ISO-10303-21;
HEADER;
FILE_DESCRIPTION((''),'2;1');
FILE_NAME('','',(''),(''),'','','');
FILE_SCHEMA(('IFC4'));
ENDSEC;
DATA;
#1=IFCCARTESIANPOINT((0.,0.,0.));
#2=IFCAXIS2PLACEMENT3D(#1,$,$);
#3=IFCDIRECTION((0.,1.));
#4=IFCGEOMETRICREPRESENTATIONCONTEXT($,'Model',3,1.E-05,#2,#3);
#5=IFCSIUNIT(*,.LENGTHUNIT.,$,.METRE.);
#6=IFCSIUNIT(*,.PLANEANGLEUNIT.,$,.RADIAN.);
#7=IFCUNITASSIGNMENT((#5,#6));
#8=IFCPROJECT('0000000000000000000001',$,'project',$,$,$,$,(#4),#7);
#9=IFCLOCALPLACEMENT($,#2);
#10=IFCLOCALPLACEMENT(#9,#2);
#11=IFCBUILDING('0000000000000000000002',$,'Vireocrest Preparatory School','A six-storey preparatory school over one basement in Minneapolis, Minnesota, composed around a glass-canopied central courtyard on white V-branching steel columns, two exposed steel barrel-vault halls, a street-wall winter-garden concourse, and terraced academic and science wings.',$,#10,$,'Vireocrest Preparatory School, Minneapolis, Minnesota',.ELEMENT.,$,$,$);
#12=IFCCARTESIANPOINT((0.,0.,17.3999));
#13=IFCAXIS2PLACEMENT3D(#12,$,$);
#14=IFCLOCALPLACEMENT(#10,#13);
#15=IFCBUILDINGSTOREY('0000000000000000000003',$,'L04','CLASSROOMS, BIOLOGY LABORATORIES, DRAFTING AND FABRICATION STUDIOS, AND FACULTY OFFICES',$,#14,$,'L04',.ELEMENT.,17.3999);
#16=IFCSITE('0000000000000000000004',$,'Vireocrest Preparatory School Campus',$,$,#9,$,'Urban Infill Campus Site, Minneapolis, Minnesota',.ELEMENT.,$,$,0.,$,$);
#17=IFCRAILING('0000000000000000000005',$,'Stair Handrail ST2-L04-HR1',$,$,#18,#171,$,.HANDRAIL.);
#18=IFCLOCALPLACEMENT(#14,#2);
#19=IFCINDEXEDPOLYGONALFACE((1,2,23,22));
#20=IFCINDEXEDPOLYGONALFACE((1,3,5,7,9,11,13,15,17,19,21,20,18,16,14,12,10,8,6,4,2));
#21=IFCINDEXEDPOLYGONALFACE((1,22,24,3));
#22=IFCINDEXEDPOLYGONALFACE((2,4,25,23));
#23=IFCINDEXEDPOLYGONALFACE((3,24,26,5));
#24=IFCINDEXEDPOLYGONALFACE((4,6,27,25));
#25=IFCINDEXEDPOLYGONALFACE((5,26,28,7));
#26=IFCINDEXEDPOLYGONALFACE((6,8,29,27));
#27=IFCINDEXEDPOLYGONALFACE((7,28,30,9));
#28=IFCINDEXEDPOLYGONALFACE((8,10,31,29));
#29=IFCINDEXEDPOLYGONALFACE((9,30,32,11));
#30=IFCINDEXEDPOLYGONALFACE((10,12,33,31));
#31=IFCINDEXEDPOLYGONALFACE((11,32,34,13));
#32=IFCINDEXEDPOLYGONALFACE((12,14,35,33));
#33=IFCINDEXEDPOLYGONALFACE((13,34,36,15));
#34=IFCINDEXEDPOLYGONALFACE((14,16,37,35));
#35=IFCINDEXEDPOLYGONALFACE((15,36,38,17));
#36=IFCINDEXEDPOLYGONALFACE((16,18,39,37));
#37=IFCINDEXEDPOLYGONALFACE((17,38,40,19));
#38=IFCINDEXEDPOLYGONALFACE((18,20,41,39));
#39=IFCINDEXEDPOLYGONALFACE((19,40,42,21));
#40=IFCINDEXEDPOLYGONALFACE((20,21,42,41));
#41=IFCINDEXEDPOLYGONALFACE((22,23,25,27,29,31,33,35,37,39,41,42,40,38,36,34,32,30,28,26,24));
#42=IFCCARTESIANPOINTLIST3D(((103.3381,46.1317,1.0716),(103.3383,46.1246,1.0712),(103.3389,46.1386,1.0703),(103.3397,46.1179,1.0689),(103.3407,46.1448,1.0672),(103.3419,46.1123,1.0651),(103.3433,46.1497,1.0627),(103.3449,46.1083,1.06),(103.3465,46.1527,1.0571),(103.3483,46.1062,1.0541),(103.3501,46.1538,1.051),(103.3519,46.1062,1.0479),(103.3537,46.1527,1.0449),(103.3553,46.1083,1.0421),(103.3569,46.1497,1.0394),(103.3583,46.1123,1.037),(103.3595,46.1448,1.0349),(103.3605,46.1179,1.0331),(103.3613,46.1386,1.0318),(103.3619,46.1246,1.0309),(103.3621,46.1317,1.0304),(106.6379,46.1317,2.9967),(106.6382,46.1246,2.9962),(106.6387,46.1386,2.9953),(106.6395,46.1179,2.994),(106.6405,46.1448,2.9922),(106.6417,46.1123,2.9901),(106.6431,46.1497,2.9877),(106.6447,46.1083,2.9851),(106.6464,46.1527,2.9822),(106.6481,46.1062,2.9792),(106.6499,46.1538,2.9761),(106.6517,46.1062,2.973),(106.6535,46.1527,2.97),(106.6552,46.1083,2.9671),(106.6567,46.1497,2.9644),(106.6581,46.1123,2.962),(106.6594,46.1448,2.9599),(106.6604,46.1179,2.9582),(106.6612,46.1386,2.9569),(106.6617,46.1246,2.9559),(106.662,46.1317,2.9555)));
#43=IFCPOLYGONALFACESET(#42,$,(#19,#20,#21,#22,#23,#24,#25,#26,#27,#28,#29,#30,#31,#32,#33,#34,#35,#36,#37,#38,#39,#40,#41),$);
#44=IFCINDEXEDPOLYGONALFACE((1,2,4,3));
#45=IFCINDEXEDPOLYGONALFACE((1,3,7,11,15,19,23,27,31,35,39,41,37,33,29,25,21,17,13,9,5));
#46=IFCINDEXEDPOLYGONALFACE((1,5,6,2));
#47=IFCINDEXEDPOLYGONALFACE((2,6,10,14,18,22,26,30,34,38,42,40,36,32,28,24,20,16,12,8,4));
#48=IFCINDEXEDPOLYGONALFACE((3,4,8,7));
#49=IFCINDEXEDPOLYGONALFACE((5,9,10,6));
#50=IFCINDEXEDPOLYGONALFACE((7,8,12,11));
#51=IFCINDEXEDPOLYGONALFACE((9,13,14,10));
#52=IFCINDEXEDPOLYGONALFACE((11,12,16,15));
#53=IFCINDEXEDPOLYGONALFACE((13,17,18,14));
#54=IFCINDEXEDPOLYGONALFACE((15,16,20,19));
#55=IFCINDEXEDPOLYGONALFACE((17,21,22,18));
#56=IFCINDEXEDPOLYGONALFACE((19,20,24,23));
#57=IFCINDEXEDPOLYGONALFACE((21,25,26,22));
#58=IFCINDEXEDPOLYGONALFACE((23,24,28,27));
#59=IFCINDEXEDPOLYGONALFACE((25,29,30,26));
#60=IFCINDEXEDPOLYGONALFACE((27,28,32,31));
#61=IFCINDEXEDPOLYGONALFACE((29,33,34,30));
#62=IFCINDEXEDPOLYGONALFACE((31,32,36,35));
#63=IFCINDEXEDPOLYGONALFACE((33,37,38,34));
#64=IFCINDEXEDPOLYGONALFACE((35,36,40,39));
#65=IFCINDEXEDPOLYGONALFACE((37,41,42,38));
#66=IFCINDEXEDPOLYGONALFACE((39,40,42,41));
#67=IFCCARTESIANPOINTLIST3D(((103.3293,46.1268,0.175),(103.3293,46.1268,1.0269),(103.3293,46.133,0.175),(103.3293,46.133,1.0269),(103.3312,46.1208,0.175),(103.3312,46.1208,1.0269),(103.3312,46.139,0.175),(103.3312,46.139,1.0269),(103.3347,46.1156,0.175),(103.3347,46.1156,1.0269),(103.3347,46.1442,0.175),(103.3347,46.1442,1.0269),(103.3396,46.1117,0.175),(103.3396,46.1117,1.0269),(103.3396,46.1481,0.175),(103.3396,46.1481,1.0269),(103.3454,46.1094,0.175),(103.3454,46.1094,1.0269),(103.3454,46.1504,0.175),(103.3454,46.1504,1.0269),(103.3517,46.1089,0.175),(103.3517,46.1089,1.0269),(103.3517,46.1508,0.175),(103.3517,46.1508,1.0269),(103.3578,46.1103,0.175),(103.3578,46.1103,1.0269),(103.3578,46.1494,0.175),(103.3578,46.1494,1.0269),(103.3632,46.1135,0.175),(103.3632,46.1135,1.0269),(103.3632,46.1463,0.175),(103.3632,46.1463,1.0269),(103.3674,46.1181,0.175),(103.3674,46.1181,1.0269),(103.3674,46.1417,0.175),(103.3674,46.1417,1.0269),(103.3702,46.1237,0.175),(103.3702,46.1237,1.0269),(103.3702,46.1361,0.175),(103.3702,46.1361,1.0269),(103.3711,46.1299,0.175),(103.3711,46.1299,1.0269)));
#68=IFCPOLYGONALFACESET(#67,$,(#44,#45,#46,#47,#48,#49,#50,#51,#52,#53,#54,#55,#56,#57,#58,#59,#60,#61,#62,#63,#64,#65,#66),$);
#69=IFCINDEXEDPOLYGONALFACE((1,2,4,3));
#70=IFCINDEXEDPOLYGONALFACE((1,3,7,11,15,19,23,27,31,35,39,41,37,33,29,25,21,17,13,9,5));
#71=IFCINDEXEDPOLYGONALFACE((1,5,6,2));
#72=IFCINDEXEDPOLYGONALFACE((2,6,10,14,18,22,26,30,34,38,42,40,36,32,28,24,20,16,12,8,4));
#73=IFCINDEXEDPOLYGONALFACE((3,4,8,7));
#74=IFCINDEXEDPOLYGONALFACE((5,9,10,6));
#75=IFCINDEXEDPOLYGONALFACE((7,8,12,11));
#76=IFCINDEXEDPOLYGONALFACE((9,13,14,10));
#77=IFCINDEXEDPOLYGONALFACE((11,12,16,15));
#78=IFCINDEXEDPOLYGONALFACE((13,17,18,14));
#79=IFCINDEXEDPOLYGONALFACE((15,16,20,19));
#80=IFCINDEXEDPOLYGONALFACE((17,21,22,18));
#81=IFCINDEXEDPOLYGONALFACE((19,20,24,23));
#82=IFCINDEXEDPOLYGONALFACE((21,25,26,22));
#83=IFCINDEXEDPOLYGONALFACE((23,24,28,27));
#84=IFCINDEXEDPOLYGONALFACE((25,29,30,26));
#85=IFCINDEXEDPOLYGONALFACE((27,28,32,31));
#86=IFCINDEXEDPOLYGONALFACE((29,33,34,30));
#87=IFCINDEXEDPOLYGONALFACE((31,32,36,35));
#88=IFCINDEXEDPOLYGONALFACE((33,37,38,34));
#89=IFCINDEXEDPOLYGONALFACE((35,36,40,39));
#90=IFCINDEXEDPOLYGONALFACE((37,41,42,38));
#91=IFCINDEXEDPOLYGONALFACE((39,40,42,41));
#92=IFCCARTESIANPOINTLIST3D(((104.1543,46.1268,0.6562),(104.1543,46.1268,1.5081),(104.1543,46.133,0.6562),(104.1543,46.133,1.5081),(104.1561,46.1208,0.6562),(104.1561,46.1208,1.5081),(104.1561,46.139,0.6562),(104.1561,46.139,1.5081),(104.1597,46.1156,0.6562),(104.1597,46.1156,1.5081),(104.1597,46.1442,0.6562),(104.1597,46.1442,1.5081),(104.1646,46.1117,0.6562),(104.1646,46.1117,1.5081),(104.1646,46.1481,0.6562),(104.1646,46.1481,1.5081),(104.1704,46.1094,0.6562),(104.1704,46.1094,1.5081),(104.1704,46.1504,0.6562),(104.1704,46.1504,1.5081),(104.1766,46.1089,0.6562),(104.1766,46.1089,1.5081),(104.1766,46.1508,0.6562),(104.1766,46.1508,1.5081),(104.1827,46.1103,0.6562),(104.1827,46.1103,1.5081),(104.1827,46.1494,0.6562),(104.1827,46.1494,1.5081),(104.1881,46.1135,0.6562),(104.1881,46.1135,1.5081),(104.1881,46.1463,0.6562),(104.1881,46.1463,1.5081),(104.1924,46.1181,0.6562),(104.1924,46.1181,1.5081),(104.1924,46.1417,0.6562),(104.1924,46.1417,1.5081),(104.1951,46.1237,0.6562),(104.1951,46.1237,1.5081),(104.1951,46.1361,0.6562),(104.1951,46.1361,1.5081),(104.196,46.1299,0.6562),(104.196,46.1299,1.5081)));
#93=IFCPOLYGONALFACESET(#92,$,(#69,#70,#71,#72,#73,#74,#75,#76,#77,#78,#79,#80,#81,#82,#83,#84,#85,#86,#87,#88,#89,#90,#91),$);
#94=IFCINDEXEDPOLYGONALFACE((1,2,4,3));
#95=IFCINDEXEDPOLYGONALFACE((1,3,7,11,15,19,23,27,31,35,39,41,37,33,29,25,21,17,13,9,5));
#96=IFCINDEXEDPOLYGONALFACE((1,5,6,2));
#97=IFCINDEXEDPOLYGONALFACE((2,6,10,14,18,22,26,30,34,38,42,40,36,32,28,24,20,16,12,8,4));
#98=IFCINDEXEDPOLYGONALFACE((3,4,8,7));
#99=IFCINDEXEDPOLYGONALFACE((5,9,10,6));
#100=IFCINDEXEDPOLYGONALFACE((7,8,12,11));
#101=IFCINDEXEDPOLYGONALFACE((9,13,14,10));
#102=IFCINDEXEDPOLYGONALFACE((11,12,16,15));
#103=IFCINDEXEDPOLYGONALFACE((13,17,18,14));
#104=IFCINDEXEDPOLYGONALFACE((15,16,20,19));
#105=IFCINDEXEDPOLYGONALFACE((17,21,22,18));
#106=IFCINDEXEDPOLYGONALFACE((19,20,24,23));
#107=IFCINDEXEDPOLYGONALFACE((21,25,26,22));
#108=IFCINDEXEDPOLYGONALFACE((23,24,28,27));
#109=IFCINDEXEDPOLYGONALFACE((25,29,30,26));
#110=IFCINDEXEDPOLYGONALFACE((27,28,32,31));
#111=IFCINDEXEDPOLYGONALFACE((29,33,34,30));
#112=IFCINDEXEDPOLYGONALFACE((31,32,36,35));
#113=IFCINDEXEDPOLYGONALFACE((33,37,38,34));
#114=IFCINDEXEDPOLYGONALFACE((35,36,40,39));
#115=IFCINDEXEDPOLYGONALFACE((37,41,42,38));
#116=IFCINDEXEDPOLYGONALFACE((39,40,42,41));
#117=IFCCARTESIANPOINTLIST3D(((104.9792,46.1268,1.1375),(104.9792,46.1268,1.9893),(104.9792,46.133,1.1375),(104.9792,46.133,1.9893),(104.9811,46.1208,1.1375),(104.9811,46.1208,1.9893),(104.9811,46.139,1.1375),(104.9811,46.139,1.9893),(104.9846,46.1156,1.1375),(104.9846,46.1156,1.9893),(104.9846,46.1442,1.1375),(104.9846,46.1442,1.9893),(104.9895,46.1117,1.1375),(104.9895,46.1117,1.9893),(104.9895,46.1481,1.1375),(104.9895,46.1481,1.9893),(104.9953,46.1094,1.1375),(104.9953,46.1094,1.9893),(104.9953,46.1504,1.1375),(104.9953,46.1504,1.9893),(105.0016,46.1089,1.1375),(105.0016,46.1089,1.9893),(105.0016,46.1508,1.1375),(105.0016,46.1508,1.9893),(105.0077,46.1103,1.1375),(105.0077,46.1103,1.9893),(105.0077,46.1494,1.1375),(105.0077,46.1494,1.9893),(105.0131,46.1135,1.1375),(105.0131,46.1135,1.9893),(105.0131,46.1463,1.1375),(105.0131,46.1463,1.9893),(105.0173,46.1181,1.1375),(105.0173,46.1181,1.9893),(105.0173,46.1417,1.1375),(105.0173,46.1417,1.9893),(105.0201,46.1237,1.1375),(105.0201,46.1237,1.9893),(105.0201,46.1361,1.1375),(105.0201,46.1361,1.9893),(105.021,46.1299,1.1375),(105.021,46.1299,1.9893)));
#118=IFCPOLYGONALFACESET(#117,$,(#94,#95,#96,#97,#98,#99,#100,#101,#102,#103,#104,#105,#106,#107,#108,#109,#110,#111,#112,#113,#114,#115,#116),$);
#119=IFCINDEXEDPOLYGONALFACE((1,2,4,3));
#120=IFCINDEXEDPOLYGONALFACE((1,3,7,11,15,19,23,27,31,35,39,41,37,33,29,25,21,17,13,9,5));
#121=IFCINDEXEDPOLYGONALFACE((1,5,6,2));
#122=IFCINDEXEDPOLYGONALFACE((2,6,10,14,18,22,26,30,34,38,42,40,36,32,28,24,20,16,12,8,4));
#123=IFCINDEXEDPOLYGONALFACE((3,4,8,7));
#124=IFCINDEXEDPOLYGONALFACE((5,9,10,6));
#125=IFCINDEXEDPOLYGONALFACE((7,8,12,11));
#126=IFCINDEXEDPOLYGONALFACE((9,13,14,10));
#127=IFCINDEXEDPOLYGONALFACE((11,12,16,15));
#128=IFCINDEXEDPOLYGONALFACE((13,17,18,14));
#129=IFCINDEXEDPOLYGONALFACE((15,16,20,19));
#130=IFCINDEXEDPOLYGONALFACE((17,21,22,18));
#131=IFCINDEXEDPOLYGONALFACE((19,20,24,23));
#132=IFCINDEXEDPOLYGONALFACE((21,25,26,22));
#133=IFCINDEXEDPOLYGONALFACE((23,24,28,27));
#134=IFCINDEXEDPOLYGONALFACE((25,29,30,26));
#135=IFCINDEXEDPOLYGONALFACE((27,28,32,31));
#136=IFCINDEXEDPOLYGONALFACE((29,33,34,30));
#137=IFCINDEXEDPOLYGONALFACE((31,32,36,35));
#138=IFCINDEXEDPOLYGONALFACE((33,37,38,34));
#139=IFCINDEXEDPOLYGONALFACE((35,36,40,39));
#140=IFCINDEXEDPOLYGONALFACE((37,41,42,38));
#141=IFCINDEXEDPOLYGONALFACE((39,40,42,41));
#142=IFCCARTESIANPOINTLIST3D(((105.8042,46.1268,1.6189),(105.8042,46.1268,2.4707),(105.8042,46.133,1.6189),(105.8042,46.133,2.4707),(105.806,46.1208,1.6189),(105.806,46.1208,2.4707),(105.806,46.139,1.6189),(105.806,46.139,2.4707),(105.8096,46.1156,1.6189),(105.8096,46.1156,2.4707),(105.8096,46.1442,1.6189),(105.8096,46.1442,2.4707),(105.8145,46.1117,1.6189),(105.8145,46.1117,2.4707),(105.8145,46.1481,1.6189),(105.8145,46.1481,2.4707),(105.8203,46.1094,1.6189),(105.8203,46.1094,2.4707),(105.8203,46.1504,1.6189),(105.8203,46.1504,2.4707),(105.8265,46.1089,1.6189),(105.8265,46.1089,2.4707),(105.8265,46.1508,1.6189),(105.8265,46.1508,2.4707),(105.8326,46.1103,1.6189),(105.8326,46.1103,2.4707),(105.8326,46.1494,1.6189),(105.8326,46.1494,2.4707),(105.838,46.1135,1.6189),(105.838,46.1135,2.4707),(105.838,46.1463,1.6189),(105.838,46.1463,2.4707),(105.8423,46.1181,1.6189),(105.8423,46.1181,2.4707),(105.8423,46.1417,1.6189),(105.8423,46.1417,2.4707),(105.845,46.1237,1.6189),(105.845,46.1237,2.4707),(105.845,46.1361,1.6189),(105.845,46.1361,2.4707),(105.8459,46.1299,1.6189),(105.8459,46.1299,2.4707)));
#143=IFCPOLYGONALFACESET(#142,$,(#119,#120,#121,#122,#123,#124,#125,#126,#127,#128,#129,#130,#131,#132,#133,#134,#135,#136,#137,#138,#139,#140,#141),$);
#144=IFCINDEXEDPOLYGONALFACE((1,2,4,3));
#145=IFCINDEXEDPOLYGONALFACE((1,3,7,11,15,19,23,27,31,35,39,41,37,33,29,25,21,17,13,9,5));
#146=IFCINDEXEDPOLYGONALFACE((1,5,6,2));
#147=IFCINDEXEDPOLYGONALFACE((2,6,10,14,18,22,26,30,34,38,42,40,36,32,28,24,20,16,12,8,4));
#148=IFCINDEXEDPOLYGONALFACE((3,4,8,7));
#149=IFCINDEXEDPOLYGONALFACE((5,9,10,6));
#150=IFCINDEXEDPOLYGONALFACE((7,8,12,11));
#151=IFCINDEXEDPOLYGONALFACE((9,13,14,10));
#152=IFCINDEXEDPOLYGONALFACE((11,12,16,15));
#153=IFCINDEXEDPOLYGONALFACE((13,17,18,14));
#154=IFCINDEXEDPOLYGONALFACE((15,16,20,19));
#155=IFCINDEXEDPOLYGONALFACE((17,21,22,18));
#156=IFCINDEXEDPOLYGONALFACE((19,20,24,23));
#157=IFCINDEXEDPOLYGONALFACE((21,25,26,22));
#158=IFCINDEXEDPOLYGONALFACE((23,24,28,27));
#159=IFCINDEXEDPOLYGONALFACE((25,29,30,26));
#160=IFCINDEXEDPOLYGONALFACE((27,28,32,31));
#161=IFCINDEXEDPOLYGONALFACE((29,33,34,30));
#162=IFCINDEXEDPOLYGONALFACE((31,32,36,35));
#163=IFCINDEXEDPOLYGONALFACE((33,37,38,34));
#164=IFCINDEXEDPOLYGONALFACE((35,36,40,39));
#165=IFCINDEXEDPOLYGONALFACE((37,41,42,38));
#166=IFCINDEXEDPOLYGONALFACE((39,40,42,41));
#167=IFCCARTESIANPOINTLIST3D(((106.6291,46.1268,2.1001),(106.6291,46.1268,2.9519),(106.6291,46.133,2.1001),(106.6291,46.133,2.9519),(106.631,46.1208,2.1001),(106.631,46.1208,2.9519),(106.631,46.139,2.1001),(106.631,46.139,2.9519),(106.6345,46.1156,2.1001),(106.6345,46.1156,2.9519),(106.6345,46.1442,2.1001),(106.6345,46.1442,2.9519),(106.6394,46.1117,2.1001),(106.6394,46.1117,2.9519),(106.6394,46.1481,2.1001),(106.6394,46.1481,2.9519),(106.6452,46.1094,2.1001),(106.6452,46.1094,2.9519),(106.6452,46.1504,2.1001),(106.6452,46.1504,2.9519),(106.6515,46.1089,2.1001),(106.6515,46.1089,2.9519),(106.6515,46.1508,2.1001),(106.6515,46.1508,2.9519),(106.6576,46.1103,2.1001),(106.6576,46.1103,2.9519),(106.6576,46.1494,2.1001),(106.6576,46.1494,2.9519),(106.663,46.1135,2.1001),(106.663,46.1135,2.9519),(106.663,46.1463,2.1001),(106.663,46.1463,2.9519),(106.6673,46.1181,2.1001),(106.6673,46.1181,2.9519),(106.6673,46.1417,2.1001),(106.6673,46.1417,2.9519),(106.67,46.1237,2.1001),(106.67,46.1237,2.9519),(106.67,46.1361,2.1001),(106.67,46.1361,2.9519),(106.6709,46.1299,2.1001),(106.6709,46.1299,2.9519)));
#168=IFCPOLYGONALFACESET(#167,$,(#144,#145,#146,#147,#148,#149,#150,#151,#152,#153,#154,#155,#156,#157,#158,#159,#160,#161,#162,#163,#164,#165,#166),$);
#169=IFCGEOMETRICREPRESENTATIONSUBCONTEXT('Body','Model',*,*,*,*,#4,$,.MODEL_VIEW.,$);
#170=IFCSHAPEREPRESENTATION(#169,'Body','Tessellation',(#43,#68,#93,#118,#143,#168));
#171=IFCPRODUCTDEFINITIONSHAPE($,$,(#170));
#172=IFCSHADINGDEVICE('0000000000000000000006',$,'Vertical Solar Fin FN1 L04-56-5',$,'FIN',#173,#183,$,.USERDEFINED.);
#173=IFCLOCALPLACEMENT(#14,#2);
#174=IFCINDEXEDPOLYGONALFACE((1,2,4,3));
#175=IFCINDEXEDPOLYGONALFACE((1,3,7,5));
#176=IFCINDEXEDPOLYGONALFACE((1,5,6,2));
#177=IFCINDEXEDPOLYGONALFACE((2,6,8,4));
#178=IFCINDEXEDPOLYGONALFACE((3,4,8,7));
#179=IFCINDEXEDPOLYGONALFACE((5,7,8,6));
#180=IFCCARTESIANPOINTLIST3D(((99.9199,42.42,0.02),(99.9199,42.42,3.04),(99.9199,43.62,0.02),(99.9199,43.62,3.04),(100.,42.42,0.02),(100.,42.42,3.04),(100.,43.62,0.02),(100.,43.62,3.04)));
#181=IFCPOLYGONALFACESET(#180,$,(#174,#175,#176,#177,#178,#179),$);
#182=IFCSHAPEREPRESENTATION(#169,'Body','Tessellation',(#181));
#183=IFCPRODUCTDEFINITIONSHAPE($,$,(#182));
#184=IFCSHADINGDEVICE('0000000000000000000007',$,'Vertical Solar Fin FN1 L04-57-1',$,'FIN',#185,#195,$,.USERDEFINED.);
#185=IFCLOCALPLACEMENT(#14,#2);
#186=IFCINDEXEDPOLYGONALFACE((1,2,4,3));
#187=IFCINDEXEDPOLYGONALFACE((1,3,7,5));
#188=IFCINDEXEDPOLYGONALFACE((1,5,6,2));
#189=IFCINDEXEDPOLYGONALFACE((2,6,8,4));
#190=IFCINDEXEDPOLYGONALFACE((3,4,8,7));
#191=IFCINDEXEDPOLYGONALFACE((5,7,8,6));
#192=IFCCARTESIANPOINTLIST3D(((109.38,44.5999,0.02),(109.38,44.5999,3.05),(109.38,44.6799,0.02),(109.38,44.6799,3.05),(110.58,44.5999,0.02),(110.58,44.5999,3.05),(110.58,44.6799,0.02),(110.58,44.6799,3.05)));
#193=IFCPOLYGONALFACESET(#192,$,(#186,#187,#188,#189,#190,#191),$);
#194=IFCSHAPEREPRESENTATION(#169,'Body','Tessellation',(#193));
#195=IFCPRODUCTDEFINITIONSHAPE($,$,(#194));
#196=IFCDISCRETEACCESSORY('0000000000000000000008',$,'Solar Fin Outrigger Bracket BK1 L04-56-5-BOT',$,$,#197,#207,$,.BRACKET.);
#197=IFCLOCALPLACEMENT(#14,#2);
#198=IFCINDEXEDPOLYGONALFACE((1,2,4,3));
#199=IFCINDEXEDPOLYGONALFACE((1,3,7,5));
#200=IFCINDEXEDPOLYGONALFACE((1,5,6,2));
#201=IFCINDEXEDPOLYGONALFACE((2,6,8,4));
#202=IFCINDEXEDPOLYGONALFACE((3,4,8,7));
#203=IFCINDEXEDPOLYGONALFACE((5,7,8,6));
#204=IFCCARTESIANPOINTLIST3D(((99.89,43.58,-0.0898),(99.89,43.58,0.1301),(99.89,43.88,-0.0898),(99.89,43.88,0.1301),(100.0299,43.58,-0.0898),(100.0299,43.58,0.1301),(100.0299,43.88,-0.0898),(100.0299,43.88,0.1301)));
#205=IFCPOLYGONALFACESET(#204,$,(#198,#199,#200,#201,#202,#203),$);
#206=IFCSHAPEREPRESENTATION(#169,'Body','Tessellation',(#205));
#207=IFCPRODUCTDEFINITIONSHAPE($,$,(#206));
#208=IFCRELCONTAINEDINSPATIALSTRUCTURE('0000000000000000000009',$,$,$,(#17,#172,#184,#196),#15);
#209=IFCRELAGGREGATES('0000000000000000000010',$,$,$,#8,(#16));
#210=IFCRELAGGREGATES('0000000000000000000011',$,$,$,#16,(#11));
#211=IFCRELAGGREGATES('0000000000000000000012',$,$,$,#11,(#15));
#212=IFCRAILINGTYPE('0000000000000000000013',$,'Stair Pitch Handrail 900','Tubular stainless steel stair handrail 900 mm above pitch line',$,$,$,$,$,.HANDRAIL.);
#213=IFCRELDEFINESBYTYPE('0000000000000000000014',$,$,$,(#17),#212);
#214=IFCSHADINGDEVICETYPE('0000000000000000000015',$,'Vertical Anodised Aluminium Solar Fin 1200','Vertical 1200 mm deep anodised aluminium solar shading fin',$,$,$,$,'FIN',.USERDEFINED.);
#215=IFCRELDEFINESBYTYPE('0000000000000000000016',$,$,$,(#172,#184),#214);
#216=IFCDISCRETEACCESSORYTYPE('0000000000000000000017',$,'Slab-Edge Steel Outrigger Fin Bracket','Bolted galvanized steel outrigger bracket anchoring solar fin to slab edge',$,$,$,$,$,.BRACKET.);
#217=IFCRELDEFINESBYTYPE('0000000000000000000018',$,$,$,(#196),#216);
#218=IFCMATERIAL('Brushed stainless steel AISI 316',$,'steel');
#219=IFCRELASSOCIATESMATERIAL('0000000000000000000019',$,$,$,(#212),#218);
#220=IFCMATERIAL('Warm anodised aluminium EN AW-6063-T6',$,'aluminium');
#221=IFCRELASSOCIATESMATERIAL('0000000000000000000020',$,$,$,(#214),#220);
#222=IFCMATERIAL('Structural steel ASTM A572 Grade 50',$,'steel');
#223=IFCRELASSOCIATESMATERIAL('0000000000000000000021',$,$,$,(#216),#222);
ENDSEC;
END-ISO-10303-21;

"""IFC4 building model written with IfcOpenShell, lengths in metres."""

from ifc_helpers import new_model, si_unit, direction, frame, origin, origin_2d, place, context, subcontext, project, spatial, rectangle, circle, extrude, material, material_profile, profile_set, type_object, element, save


model = new_model("IFC4")

# Units and contexts
model_context = context("Model", 3, precision=1e-05, world=origin(), true_north=direction((0.0, 1.0)))
body_context = subcontext(model_context, "Body", "Model", "MODEL_VIEW")
ifc_project = project(units=[si_unit("LENGTHUNIT", "METRE"), si_unit("PLANEANGLEUNIT", "RADIAN")], contexts=[model_context])

# Site, building, storey
site_placement = place(None, origin())
site = spatial("IfcSite", under=ifc_project, at=site_placement, Name="Vireocrest Preparatory School Campus", LongName="Urban Infill Campus Site, Minneapolis, Minnesota", CompositionType="ELEMENT", RefElevation=0.0)
building_placement = place(site_placement, origin())
building = spatial("IfcBuilding", under=site, at=building_placement, Name="Vireocrest Preparatory School", Description="A six-storey preparatory school over one basement in Minneapolis, Minnesota, composed around a glass-canopied central courtyard on white V-branching steel columns, two exposed steel barrel-vault halls, a street-wall winter-garden concourse, and terraced academic and science wings.", LongName="Vireocrest Preparatory School, Minneapolis, Minnesota", CompositionType="ELEMENT")
storey_placement = place(building_placement, frame((0.0, 0.0, 17.3999)))
storey = spatial("IfcBuildingStorey", under=building, at=storey_placement, Name="L04", Description="CLASSROOMS, BIOLOGY LABORATORIES, DRAFTING AND FABRICATION STUDIOS, AND FACULTY OFFICES", LongName="L04", CompositionType="ELEMENT", Elevation=17.3999)

# Railing
ifc_material_1 = material(Name="Brushed stainless steel AISI 316", Category="steel")
railing_type_1 = type_object("IfcRailingType", Name="Stair Pitch Handrail 900", Description="Tubular stainless steel stair handrail 900 mm above pitch line", PredefinedType="HANDRAIL", material=ifc_material_1)
railing_1_placement = place(storey_placement, frame((103.3501, 46.1299, 0.175)))
element("IfcRailing", 1, at=railing_1_placement, inside=storey, type_object=railing_type_1, Name="Stair Handrail ST2-L04-HR1", PredefinedType="HANDRAIL", context=body_context, shape_type="SweptSolid", body=[
    extrude(circle(Radius=0.0239, at=origin_2d()), frame((0.0, 0.0, 0.876), z_axis=(0.86376, 0.0, 0.503903), x_axis=(0.0, 1.0, 0.0)), (0.0, 0.0, 1.0), 3.8203),
    extrude(circle(Radius=0.021, at=origin_2d()), origin(), (0.0, 0.0, 1.0), 0.8518),
    extrude(circle(Radius=0.021, at=origin_2d()), frame((0.825, 0.0, 0.4812)), (0.0, 0.0, 1.0), 0.8518),
    extrude(circle(Radius=0.021, at=origin_2d()), frame((1.6499, 0.0, 0.9624)), (0.0, 0.0, 1.0), 0.8518),
    extrude(circle(Radius=0.021, at=origin_2d()), frame((2.4749, 0.0, 1.4438)), (0.0, 0.0, 1.0), 0.8518),
    extrude(circle(Radius=0.021, at=origin_2d()), frame((3.2998, 0.0, 1.925)), (0.0, 0.0, 1.0), 0.8518),
])

# Shading devices
ifc_material_2 = material(Name="Warm anodised aluminium EN AW-6063-T6", Category="aluminium")
ifc_material_profile_1 = material_profile(ifc_material_2, rectangle(XDim=0.0801, YDim=1.2, at=origin_2d()), Name="FIN 80x1200")
ifc_profile_set_1 = profile_set([ifc_material_profile_1], Name="Warm anodised aluminium EN AW-6063-T6")
shading_device_type = type_object("IfcShadingDeviceType", Name="Vertical Anodised Aluminium Solar Fin 1200", Description="Vertical 1200 mm deep anodised aluminium solar shading fin", ElementType="FIN", PredefinedType="USERDEFINED", material=ifc_profile_set_1)
shading_device_1_placement = place(storey_placement, frame((99.96, 43.02, 0.02), z_axis=(0.0, 0.0, 1.0), x_axis=(-1.0, 0.0, 0.0)))
element("IfcShadingDevice", 2, at=shading_device_1_placement, inside=storey, type_object=shading_device_type, Name="Vertical Solar Fin FN1 L04-56-5", ObjectType="FIN", PredefinedType="USERDEFINED", context=body_context, shape_type="SweptSolid", body=[
    extrude(rectangle(XDim=0.0801, YDim=1.2, at=origin_2d()), origin(), (0.0, 0.0, 1.0), 3.02),
])
shading_device_2_placement = place(storey_placement, frame((109.98, 44.6399, 0.02), z_axis=(0.0, 0.0, 1.0), x_axis=(0.0, -1.0, 0.0)))
element("IfcShadingDevice", 3, at=shading_device_2_placement, inside=storey, type_object=shading_device_type, Name="Vertical Solar Fin FN1 L04-57-1", ObjectType="FIN", PredefinedType="USERDEFINED", context=body_context, shape_type="SweptSolid", body=[
    extrude(rectangle(XDim=0.0801, YDim=1.2, at=origin_2d()), origin(), (0.0, 0.0, 1.0), 3.03),
])

# Discrete accessory
ifc_material_3 = material(Name="Structural steel ASTM A572 Grade 50", Category="steel")
discrete_accessory_type = type_object("IfcDiscreteAccessoryType", Name="Slab-Edge Steel Outrigger Fin Bracket", Description="Bolted galvanized steel outrigger bracket anchoring solar fin to slab edge", PredefinedType="BRACKET", material=ifc_material_3)
for number, where, z_axis, x_axis, name in (
    (4, (99.96, 43.73, -0.0898), (0.0, 0.0, 1.0), (-1.0, 0.0, 0.0), "Solar Fin Outrigger Bracket BK1 L04-56-5-BOT"),
):
    element("IfcDiscreteAccessory", number, at=place(storey_placement, frame(where, z_axis=z_axis, x_axis=x_axis)), inside=storey, type_object=discrete_accessory_type, Name=name, PredefinedType="BRACKET", context=body_context, shape_type="SweptSolid", body=[
        extrude(rectangle(XDim=0.1399, YDim=0.3, at=origin_2d()), origin(), (0.0, 0.0, 1.0), 0.22),
    ])

save(model, "model.ifc")
